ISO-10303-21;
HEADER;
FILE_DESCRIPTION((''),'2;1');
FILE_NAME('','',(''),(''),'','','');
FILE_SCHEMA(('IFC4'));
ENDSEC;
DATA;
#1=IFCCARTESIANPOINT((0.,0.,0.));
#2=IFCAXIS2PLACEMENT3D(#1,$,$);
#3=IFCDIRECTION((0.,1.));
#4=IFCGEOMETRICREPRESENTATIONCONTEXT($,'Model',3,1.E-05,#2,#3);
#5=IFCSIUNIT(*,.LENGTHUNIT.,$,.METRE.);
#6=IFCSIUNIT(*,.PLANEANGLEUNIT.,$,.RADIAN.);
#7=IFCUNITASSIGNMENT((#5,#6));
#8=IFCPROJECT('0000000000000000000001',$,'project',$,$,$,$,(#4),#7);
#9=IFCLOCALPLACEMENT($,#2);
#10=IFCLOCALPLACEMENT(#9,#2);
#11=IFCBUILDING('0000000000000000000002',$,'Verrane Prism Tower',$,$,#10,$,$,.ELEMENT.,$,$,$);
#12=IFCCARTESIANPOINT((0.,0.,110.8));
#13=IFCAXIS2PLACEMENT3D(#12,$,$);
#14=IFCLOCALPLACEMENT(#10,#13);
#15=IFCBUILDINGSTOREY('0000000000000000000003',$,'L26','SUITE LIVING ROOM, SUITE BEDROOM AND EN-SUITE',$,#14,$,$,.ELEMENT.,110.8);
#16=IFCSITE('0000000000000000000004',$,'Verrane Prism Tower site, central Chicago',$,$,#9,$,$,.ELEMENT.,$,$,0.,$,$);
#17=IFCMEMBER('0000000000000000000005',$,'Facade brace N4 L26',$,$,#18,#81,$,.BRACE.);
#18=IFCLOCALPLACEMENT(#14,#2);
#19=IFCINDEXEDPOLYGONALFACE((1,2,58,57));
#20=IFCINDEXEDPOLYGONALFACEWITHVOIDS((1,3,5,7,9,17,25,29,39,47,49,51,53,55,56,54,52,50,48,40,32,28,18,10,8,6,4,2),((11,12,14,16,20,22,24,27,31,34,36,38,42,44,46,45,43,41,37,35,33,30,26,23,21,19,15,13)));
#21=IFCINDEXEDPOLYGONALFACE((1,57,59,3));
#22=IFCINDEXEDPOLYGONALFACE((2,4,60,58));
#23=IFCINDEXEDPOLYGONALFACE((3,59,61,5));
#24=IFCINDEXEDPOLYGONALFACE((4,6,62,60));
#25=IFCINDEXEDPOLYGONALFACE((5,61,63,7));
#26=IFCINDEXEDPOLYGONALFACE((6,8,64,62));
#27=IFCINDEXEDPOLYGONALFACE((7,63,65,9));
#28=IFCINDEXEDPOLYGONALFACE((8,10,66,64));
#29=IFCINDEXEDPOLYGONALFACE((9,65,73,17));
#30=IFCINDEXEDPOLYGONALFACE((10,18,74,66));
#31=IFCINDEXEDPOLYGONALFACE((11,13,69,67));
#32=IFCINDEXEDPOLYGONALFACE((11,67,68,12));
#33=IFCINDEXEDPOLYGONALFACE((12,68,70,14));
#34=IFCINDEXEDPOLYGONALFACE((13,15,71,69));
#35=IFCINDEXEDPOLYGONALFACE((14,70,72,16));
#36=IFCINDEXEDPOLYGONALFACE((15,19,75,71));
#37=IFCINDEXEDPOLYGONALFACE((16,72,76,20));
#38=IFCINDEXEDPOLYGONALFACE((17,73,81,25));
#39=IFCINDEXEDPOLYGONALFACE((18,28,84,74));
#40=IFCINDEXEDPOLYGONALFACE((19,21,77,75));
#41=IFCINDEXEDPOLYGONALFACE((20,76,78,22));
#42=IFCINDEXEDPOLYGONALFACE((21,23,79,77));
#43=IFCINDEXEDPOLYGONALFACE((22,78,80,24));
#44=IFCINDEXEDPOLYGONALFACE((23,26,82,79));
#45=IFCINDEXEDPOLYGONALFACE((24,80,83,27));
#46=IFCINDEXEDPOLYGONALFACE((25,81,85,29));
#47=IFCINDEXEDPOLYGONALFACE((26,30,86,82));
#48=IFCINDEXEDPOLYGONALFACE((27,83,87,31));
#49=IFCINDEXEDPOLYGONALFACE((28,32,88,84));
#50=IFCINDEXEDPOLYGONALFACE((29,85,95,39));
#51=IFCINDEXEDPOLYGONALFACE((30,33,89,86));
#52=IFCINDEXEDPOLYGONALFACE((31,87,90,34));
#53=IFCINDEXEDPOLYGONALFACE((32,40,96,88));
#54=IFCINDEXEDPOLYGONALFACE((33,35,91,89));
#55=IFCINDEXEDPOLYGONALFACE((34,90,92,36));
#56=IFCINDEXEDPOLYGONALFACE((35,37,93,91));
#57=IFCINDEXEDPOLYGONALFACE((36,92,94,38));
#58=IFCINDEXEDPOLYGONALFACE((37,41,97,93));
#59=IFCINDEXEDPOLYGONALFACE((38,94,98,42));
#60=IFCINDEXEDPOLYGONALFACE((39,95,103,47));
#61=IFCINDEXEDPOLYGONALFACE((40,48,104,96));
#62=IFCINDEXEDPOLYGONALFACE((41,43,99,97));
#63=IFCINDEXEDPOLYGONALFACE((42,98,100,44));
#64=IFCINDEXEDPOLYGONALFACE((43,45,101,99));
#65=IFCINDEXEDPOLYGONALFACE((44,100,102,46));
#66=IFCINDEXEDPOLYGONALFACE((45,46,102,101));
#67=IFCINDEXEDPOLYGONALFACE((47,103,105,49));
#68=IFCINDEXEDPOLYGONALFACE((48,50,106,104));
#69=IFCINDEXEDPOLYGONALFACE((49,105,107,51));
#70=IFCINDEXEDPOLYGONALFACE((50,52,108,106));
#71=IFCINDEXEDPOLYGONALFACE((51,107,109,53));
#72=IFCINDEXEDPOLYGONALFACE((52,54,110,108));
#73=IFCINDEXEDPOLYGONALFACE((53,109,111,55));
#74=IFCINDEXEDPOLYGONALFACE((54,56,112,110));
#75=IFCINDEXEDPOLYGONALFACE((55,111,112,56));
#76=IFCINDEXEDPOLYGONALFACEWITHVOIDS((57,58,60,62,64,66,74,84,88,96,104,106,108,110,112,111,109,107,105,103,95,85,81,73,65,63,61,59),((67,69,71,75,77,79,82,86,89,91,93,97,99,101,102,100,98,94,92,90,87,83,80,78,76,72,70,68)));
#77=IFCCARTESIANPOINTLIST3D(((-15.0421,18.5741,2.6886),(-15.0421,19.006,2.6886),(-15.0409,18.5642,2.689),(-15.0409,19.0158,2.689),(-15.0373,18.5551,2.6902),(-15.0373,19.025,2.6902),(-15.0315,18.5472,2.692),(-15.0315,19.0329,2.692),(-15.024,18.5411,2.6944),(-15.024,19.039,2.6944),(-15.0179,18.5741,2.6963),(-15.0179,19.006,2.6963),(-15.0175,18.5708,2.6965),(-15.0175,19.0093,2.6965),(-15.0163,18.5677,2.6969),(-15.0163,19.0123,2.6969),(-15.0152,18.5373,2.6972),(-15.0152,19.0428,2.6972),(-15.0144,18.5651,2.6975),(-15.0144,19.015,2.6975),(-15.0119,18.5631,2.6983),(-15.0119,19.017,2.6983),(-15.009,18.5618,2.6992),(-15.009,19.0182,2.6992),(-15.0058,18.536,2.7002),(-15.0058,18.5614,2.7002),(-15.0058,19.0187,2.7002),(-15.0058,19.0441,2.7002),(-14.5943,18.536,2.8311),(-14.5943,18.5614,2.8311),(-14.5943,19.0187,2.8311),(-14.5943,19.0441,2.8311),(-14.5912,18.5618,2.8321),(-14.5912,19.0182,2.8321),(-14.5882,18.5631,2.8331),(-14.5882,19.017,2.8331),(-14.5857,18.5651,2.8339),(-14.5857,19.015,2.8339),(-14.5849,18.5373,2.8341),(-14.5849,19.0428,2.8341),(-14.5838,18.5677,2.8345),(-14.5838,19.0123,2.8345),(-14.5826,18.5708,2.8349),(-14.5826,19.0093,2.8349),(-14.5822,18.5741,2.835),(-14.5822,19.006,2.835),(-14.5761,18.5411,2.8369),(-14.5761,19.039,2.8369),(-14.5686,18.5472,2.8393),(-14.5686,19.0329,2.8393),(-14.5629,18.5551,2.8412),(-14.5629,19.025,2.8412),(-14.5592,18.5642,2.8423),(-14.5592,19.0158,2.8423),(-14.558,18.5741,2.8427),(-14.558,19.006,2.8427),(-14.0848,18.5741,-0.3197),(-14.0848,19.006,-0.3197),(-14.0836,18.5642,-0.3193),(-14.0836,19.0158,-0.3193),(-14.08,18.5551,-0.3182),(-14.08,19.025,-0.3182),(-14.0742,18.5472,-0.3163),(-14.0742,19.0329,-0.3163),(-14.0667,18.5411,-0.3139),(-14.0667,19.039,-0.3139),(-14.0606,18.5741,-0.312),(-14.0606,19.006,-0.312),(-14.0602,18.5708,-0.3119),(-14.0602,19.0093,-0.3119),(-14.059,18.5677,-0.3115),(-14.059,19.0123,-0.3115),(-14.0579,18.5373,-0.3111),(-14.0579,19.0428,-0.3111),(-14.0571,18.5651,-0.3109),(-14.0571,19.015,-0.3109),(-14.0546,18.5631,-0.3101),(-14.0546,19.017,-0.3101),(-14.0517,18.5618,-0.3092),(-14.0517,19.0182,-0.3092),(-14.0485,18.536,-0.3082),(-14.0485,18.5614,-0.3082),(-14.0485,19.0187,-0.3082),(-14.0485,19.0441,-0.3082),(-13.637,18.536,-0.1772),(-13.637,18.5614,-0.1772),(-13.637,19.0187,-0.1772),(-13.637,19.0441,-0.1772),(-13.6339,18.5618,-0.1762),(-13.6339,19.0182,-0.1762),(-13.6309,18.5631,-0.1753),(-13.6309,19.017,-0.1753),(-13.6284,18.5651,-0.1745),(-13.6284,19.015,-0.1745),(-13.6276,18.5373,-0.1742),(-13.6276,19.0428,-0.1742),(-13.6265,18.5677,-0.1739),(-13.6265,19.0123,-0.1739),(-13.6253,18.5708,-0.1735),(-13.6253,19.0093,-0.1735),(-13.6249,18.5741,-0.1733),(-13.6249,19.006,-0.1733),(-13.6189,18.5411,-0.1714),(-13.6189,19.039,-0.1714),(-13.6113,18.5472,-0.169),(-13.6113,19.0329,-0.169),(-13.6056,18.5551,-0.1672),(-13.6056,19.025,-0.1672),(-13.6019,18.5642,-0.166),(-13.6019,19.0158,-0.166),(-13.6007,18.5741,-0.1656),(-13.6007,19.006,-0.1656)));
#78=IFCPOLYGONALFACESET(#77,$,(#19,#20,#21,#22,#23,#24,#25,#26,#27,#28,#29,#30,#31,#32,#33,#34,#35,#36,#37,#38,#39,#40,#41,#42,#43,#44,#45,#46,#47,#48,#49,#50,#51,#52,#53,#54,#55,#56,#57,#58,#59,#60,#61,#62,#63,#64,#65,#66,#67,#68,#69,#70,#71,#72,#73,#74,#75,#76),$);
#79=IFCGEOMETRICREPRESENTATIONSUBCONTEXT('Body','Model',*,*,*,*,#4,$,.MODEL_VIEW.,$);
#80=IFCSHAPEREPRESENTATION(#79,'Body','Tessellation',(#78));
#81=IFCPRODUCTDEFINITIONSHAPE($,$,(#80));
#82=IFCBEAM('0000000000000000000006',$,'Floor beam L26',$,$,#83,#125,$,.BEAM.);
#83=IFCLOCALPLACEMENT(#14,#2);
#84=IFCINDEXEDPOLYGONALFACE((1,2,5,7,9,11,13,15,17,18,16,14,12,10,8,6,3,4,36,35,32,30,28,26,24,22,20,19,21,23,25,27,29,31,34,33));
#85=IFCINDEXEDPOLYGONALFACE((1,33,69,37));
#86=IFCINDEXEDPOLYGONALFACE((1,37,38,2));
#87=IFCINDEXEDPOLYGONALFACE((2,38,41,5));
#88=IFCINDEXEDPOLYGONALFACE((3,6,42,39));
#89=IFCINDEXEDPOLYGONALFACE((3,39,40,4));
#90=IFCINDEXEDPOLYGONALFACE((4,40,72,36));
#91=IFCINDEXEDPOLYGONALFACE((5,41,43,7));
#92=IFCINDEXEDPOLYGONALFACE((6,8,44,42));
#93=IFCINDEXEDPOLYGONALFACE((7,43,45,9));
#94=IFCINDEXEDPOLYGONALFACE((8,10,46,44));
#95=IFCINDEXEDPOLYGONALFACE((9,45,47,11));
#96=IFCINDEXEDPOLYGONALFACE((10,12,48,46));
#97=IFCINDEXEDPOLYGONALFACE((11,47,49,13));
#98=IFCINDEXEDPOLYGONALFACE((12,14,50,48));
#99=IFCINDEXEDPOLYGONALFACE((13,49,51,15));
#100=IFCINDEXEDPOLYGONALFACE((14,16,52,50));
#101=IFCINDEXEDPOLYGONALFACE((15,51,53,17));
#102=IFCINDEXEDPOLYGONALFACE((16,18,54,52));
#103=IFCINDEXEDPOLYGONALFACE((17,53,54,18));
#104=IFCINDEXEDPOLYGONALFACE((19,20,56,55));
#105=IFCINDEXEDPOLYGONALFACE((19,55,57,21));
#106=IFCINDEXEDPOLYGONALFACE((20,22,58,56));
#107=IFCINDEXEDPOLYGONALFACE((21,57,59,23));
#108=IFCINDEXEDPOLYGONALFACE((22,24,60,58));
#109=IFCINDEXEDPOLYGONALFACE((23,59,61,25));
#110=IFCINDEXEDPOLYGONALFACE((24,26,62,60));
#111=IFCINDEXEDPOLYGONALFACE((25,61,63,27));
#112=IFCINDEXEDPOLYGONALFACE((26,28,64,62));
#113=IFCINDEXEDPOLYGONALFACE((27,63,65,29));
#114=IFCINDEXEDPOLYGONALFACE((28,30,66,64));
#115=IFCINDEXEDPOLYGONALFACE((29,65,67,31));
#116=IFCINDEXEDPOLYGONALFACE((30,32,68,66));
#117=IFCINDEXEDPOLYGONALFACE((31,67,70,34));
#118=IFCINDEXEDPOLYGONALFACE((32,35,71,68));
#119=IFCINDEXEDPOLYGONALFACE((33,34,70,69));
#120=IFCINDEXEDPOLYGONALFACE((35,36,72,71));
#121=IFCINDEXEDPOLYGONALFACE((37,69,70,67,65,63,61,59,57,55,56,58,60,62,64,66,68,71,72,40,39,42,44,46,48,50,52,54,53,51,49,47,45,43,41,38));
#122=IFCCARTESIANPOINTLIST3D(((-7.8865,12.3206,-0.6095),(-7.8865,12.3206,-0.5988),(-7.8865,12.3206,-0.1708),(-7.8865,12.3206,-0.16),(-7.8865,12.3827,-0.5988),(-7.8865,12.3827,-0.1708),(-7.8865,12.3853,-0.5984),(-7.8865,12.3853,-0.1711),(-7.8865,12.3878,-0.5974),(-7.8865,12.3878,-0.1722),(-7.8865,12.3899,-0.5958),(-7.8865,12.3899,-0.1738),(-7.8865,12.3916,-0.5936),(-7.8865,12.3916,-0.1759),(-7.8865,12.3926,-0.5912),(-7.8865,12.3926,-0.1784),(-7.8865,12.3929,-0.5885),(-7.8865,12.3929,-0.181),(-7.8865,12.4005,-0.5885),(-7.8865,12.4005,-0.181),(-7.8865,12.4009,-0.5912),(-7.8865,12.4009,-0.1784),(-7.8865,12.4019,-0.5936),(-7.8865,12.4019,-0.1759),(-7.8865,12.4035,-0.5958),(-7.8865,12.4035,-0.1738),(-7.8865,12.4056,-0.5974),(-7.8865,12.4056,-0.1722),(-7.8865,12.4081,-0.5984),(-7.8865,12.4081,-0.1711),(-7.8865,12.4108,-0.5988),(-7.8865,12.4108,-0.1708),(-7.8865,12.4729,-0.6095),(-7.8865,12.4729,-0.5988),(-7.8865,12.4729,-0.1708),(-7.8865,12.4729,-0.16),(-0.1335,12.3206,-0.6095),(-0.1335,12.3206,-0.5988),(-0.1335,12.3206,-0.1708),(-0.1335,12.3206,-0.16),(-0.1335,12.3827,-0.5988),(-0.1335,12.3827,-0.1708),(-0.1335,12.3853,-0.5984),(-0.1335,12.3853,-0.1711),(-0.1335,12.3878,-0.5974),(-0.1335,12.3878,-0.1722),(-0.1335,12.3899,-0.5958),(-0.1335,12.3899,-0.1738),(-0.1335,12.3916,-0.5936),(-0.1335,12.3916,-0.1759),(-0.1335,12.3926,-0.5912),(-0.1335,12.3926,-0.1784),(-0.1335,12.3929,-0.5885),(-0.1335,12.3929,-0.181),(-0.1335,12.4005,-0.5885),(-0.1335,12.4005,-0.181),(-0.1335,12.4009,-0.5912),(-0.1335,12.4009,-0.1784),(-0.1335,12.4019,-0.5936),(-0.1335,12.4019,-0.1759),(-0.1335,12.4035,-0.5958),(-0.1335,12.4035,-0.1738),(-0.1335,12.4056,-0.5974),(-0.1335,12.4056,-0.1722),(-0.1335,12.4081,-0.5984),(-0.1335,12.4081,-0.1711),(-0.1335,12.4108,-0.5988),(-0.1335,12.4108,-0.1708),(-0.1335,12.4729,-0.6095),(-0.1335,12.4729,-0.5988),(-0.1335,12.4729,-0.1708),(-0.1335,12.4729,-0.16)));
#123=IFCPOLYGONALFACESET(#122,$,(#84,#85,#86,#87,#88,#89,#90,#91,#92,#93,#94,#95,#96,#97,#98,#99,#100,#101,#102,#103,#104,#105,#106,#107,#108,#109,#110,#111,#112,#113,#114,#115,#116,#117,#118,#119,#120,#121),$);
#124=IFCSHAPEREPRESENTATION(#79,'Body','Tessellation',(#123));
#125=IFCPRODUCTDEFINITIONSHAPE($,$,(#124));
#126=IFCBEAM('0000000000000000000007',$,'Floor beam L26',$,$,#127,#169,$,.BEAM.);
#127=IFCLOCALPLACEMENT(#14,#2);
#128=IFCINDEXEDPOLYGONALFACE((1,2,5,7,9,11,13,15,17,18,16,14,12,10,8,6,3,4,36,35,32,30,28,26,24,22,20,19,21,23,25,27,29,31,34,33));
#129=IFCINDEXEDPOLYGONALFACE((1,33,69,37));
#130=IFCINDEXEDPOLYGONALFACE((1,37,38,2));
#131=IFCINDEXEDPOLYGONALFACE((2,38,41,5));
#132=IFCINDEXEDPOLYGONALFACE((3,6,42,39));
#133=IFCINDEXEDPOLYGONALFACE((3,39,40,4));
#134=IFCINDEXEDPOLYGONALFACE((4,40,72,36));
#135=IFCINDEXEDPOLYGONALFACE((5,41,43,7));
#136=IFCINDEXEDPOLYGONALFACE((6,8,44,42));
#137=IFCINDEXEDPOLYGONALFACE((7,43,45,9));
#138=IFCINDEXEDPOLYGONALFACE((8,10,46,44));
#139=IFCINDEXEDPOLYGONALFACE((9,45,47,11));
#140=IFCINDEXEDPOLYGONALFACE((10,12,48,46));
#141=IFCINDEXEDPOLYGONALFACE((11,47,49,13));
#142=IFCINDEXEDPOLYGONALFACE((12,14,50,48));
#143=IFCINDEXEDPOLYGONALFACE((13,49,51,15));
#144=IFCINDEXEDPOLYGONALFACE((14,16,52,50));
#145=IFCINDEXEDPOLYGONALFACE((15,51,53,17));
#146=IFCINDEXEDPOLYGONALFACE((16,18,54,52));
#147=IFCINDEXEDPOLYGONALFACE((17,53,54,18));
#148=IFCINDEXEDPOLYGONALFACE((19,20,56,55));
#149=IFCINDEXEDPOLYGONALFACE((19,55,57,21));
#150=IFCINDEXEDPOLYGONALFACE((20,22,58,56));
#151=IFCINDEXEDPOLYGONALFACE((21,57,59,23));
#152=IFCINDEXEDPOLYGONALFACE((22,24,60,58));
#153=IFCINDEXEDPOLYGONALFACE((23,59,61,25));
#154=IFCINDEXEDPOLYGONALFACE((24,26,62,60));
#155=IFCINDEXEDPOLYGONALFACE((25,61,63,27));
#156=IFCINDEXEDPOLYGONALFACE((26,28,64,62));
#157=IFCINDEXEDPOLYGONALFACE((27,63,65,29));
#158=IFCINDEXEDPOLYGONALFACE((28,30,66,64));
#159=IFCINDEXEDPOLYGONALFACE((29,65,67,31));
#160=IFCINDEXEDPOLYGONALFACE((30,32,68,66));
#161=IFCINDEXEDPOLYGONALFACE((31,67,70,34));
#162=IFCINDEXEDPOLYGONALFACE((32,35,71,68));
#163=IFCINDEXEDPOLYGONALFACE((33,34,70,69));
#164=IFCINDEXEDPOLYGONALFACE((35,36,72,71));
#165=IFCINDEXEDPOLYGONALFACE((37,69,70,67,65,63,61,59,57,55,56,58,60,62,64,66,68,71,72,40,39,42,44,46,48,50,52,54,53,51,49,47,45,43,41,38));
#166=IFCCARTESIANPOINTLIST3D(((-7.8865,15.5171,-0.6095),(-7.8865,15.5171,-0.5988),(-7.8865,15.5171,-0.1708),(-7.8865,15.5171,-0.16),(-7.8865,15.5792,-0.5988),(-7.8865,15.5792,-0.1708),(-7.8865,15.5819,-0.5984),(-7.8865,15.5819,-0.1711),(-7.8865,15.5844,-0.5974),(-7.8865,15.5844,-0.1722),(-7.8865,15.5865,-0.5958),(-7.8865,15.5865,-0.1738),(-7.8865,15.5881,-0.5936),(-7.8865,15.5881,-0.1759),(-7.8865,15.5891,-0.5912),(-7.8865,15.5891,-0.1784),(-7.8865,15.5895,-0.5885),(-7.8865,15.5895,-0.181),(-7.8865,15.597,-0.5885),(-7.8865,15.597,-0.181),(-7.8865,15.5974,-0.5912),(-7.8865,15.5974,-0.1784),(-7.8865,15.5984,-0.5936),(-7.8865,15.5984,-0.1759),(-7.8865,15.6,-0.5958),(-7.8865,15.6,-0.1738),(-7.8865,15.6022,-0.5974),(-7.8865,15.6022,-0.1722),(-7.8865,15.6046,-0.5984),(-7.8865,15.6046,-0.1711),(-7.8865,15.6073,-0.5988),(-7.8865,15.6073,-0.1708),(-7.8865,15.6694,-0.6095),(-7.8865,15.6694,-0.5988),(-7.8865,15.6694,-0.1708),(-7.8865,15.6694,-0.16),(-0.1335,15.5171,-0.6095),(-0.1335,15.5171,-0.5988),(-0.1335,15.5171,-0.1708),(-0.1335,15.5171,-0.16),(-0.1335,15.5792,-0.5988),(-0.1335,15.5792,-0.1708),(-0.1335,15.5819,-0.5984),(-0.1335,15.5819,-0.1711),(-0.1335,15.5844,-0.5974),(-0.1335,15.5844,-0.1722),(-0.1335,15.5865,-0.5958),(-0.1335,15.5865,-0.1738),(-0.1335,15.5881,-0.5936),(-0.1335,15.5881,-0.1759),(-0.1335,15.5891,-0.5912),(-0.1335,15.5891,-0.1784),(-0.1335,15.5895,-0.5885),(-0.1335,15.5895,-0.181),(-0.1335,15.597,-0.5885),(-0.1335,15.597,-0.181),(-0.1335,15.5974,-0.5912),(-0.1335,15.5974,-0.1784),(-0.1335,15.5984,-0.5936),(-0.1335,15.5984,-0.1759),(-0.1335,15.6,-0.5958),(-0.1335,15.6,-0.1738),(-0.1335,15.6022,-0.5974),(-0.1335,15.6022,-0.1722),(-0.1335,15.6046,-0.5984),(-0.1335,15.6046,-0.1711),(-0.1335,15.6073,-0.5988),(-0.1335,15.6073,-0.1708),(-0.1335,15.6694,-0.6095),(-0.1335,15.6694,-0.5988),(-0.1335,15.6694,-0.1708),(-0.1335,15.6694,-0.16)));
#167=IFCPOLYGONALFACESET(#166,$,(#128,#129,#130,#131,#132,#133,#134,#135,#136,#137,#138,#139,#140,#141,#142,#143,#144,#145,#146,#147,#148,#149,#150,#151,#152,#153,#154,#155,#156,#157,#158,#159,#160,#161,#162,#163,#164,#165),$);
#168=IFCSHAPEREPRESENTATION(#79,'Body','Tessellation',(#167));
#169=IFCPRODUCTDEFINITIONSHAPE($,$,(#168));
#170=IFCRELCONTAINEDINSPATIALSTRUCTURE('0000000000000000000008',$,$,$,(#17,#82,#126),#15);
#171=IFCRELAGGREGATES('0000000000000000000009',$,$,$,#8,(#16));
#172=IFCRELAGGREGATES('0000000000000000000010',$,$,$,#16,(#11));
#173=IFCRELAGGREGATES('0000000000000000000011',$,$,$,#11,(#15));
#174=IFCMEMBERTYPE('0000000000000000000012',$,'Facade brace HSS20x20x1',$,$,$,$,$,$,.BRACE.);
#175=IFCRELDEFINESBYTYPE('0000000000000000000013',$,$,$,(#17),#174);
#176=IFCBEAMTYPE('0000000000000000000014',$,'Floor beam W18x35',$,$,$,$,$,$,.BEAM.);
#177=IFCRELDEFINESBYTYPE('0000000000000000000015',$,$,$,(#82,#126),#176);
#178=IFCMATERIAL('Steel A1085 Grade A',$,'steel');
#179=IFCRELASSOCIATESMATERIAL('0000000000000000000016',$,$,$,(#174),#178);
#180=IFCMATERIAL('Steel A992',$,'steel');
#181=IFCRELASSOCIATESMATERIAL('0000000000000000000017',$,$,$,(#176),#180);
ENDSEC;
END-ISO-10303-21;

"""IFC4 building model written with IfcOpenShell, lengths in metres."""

from ifc_helpers import new_model, si_unit, direction, frame, origin, origin_2d, place, context, subcontext, project, spatial, hollow_rectangle, i_section, extrude, material, material_profile, profile_set, type_object, element, save


model = new_model("IFC4")

# Units and contexts
model_context = context("Model", 3, precision=1e-05, world=origin(), true_north=direction((0.0, 1.0)))
body_context = subcontext(model_context, "Body", "Model", "MODEL_VIEW")
ifc_project = project(units=[si_unit("LENGTHUNIT", "METRE"), si_unit("PLANEANGLEUNIT", "RADIAN")], contexts=[model_context])

# Site, building, storey
site_placement = place(None, origin())
site = spatial("IfcSite", under=ifc_project, at=site_placement, Name="Verrane Prism Tower site, central Chicago", CompositionType="ELEMENT", RefElevation=0.0)
building_placement = place(site_placement, origin())
building = spatial("IfcBuilding", under=site, at=building_placement, Name="Verrane Prism Tower", CompositionType="ELEMENT")
storey_placement = place(building_placement, frame((0.0, 0.0, 110.8)))
storey = spatial("IfcBuildingStorey", under=building, at=storey_placement, Name="L26", Description="SUITE LIVING ROOM, SUITE BEDROOM AND EN-SUITE", CompositionType="ELEMENT", Elevation=110.8)

# Member
ifc_material_1 = material(Name="Steel A1085 Grade A", Category="steel")
ifc_material_profile_1 = material_profile(ifc_material_1, hollow_rectangle(XDim=0.5081, YDim=0.5081, WallThickness=0.0254, InnerFilletRadius=0.0127, OuterFilletRadius=0.0381, at=origin_2d()), Name="HSS20x20x1")
ifc_profile_set_1 = profile_set([ifc_material_profile_1], Name="Steel A1085 Grade A")
member_type_1 = type_object("IfcMemberType", Name="Facade brace HSS20x20x1", PredefinedType="BRACE", material=ifc_profile_set_1)
for number, where, z_axis, x_axis, name in (
    (1, (-13.8428, 18.79, -0.2427), (-0.303229, 0.0, 0.952918), (0.0, -1.0, 0.0), "Facade brace N4 L26"),
):
    element("IfcMember", number, at=place(storey_placement, frame(where, z_axis=z_axis, x_axis=x_axis)), inside=storey, type_object=member_type_1, Name=name, PredefinedType="BRACE", context=body_context, shape_type="SweptSolid", body=[
        extrude(hollow_rectangle(XDim=0.5081, YDim=0.5081, WallThickness=0.0254, InnerFilletRadius=0.0127, OuterFilletRadius=0.0381, at=origin_2d()), origin(), (0.0, 0.0, 1.0), 3.157),
    ])

# Beams
ifc_material_2 = material(Name="Steel A992", Category="steel")
ifc_material_profile_2 = material_profile(ifc_material_2, i_section(OverallWidth=0.1523, OverallDepth=0.4495, WebThickness=0.0076, FlangeThickness=0.0107, FilletRadius=0.0103, at=origin_2d()), Name="W18x35")
ifc_profile_set_2 = profile_set([ifc_material_profile_2], Name="Steel A992")
beam_type_1 = type_object("IfcBeamType", Name="Floor beam W18x35", PredefinedType="BEAM", material=ifc_profile_set_2)
for number, where, z_axis, x_axis, name in (
    (2, (-7.8865, 12.3967, -0.3848), (1.0, 0.0, 0.0), (0.0, 1.0, 0.0), "Floor beam L26"),
    (3, (-7.8865, 15.5933, -0.3848), (1.0, 0.0, 0.0), (0.0, 1.0, 0.0), "Floor beam L26"),
):
    element("IfcBeam", number, at=place(storey_placement, frame(where, z_axis=z_axis, x_axis=x_axis)), inside=storey, type_object=beam_type_1, Name=name, PredefinedType="BEAM", context=body_context, shape_type="SweptSolid", body=[
        extrude(i_section(OverallWidth=0.1523, OverallDepth=0.4495, WebThickness=0.0076, FlangeThickness=0.0107, FilletRadius=0.0103, at=origin_2d()), origin(), (0.0, 0.0, 1.0), 7.7529),
    ])

save(model, "model.ifc")
